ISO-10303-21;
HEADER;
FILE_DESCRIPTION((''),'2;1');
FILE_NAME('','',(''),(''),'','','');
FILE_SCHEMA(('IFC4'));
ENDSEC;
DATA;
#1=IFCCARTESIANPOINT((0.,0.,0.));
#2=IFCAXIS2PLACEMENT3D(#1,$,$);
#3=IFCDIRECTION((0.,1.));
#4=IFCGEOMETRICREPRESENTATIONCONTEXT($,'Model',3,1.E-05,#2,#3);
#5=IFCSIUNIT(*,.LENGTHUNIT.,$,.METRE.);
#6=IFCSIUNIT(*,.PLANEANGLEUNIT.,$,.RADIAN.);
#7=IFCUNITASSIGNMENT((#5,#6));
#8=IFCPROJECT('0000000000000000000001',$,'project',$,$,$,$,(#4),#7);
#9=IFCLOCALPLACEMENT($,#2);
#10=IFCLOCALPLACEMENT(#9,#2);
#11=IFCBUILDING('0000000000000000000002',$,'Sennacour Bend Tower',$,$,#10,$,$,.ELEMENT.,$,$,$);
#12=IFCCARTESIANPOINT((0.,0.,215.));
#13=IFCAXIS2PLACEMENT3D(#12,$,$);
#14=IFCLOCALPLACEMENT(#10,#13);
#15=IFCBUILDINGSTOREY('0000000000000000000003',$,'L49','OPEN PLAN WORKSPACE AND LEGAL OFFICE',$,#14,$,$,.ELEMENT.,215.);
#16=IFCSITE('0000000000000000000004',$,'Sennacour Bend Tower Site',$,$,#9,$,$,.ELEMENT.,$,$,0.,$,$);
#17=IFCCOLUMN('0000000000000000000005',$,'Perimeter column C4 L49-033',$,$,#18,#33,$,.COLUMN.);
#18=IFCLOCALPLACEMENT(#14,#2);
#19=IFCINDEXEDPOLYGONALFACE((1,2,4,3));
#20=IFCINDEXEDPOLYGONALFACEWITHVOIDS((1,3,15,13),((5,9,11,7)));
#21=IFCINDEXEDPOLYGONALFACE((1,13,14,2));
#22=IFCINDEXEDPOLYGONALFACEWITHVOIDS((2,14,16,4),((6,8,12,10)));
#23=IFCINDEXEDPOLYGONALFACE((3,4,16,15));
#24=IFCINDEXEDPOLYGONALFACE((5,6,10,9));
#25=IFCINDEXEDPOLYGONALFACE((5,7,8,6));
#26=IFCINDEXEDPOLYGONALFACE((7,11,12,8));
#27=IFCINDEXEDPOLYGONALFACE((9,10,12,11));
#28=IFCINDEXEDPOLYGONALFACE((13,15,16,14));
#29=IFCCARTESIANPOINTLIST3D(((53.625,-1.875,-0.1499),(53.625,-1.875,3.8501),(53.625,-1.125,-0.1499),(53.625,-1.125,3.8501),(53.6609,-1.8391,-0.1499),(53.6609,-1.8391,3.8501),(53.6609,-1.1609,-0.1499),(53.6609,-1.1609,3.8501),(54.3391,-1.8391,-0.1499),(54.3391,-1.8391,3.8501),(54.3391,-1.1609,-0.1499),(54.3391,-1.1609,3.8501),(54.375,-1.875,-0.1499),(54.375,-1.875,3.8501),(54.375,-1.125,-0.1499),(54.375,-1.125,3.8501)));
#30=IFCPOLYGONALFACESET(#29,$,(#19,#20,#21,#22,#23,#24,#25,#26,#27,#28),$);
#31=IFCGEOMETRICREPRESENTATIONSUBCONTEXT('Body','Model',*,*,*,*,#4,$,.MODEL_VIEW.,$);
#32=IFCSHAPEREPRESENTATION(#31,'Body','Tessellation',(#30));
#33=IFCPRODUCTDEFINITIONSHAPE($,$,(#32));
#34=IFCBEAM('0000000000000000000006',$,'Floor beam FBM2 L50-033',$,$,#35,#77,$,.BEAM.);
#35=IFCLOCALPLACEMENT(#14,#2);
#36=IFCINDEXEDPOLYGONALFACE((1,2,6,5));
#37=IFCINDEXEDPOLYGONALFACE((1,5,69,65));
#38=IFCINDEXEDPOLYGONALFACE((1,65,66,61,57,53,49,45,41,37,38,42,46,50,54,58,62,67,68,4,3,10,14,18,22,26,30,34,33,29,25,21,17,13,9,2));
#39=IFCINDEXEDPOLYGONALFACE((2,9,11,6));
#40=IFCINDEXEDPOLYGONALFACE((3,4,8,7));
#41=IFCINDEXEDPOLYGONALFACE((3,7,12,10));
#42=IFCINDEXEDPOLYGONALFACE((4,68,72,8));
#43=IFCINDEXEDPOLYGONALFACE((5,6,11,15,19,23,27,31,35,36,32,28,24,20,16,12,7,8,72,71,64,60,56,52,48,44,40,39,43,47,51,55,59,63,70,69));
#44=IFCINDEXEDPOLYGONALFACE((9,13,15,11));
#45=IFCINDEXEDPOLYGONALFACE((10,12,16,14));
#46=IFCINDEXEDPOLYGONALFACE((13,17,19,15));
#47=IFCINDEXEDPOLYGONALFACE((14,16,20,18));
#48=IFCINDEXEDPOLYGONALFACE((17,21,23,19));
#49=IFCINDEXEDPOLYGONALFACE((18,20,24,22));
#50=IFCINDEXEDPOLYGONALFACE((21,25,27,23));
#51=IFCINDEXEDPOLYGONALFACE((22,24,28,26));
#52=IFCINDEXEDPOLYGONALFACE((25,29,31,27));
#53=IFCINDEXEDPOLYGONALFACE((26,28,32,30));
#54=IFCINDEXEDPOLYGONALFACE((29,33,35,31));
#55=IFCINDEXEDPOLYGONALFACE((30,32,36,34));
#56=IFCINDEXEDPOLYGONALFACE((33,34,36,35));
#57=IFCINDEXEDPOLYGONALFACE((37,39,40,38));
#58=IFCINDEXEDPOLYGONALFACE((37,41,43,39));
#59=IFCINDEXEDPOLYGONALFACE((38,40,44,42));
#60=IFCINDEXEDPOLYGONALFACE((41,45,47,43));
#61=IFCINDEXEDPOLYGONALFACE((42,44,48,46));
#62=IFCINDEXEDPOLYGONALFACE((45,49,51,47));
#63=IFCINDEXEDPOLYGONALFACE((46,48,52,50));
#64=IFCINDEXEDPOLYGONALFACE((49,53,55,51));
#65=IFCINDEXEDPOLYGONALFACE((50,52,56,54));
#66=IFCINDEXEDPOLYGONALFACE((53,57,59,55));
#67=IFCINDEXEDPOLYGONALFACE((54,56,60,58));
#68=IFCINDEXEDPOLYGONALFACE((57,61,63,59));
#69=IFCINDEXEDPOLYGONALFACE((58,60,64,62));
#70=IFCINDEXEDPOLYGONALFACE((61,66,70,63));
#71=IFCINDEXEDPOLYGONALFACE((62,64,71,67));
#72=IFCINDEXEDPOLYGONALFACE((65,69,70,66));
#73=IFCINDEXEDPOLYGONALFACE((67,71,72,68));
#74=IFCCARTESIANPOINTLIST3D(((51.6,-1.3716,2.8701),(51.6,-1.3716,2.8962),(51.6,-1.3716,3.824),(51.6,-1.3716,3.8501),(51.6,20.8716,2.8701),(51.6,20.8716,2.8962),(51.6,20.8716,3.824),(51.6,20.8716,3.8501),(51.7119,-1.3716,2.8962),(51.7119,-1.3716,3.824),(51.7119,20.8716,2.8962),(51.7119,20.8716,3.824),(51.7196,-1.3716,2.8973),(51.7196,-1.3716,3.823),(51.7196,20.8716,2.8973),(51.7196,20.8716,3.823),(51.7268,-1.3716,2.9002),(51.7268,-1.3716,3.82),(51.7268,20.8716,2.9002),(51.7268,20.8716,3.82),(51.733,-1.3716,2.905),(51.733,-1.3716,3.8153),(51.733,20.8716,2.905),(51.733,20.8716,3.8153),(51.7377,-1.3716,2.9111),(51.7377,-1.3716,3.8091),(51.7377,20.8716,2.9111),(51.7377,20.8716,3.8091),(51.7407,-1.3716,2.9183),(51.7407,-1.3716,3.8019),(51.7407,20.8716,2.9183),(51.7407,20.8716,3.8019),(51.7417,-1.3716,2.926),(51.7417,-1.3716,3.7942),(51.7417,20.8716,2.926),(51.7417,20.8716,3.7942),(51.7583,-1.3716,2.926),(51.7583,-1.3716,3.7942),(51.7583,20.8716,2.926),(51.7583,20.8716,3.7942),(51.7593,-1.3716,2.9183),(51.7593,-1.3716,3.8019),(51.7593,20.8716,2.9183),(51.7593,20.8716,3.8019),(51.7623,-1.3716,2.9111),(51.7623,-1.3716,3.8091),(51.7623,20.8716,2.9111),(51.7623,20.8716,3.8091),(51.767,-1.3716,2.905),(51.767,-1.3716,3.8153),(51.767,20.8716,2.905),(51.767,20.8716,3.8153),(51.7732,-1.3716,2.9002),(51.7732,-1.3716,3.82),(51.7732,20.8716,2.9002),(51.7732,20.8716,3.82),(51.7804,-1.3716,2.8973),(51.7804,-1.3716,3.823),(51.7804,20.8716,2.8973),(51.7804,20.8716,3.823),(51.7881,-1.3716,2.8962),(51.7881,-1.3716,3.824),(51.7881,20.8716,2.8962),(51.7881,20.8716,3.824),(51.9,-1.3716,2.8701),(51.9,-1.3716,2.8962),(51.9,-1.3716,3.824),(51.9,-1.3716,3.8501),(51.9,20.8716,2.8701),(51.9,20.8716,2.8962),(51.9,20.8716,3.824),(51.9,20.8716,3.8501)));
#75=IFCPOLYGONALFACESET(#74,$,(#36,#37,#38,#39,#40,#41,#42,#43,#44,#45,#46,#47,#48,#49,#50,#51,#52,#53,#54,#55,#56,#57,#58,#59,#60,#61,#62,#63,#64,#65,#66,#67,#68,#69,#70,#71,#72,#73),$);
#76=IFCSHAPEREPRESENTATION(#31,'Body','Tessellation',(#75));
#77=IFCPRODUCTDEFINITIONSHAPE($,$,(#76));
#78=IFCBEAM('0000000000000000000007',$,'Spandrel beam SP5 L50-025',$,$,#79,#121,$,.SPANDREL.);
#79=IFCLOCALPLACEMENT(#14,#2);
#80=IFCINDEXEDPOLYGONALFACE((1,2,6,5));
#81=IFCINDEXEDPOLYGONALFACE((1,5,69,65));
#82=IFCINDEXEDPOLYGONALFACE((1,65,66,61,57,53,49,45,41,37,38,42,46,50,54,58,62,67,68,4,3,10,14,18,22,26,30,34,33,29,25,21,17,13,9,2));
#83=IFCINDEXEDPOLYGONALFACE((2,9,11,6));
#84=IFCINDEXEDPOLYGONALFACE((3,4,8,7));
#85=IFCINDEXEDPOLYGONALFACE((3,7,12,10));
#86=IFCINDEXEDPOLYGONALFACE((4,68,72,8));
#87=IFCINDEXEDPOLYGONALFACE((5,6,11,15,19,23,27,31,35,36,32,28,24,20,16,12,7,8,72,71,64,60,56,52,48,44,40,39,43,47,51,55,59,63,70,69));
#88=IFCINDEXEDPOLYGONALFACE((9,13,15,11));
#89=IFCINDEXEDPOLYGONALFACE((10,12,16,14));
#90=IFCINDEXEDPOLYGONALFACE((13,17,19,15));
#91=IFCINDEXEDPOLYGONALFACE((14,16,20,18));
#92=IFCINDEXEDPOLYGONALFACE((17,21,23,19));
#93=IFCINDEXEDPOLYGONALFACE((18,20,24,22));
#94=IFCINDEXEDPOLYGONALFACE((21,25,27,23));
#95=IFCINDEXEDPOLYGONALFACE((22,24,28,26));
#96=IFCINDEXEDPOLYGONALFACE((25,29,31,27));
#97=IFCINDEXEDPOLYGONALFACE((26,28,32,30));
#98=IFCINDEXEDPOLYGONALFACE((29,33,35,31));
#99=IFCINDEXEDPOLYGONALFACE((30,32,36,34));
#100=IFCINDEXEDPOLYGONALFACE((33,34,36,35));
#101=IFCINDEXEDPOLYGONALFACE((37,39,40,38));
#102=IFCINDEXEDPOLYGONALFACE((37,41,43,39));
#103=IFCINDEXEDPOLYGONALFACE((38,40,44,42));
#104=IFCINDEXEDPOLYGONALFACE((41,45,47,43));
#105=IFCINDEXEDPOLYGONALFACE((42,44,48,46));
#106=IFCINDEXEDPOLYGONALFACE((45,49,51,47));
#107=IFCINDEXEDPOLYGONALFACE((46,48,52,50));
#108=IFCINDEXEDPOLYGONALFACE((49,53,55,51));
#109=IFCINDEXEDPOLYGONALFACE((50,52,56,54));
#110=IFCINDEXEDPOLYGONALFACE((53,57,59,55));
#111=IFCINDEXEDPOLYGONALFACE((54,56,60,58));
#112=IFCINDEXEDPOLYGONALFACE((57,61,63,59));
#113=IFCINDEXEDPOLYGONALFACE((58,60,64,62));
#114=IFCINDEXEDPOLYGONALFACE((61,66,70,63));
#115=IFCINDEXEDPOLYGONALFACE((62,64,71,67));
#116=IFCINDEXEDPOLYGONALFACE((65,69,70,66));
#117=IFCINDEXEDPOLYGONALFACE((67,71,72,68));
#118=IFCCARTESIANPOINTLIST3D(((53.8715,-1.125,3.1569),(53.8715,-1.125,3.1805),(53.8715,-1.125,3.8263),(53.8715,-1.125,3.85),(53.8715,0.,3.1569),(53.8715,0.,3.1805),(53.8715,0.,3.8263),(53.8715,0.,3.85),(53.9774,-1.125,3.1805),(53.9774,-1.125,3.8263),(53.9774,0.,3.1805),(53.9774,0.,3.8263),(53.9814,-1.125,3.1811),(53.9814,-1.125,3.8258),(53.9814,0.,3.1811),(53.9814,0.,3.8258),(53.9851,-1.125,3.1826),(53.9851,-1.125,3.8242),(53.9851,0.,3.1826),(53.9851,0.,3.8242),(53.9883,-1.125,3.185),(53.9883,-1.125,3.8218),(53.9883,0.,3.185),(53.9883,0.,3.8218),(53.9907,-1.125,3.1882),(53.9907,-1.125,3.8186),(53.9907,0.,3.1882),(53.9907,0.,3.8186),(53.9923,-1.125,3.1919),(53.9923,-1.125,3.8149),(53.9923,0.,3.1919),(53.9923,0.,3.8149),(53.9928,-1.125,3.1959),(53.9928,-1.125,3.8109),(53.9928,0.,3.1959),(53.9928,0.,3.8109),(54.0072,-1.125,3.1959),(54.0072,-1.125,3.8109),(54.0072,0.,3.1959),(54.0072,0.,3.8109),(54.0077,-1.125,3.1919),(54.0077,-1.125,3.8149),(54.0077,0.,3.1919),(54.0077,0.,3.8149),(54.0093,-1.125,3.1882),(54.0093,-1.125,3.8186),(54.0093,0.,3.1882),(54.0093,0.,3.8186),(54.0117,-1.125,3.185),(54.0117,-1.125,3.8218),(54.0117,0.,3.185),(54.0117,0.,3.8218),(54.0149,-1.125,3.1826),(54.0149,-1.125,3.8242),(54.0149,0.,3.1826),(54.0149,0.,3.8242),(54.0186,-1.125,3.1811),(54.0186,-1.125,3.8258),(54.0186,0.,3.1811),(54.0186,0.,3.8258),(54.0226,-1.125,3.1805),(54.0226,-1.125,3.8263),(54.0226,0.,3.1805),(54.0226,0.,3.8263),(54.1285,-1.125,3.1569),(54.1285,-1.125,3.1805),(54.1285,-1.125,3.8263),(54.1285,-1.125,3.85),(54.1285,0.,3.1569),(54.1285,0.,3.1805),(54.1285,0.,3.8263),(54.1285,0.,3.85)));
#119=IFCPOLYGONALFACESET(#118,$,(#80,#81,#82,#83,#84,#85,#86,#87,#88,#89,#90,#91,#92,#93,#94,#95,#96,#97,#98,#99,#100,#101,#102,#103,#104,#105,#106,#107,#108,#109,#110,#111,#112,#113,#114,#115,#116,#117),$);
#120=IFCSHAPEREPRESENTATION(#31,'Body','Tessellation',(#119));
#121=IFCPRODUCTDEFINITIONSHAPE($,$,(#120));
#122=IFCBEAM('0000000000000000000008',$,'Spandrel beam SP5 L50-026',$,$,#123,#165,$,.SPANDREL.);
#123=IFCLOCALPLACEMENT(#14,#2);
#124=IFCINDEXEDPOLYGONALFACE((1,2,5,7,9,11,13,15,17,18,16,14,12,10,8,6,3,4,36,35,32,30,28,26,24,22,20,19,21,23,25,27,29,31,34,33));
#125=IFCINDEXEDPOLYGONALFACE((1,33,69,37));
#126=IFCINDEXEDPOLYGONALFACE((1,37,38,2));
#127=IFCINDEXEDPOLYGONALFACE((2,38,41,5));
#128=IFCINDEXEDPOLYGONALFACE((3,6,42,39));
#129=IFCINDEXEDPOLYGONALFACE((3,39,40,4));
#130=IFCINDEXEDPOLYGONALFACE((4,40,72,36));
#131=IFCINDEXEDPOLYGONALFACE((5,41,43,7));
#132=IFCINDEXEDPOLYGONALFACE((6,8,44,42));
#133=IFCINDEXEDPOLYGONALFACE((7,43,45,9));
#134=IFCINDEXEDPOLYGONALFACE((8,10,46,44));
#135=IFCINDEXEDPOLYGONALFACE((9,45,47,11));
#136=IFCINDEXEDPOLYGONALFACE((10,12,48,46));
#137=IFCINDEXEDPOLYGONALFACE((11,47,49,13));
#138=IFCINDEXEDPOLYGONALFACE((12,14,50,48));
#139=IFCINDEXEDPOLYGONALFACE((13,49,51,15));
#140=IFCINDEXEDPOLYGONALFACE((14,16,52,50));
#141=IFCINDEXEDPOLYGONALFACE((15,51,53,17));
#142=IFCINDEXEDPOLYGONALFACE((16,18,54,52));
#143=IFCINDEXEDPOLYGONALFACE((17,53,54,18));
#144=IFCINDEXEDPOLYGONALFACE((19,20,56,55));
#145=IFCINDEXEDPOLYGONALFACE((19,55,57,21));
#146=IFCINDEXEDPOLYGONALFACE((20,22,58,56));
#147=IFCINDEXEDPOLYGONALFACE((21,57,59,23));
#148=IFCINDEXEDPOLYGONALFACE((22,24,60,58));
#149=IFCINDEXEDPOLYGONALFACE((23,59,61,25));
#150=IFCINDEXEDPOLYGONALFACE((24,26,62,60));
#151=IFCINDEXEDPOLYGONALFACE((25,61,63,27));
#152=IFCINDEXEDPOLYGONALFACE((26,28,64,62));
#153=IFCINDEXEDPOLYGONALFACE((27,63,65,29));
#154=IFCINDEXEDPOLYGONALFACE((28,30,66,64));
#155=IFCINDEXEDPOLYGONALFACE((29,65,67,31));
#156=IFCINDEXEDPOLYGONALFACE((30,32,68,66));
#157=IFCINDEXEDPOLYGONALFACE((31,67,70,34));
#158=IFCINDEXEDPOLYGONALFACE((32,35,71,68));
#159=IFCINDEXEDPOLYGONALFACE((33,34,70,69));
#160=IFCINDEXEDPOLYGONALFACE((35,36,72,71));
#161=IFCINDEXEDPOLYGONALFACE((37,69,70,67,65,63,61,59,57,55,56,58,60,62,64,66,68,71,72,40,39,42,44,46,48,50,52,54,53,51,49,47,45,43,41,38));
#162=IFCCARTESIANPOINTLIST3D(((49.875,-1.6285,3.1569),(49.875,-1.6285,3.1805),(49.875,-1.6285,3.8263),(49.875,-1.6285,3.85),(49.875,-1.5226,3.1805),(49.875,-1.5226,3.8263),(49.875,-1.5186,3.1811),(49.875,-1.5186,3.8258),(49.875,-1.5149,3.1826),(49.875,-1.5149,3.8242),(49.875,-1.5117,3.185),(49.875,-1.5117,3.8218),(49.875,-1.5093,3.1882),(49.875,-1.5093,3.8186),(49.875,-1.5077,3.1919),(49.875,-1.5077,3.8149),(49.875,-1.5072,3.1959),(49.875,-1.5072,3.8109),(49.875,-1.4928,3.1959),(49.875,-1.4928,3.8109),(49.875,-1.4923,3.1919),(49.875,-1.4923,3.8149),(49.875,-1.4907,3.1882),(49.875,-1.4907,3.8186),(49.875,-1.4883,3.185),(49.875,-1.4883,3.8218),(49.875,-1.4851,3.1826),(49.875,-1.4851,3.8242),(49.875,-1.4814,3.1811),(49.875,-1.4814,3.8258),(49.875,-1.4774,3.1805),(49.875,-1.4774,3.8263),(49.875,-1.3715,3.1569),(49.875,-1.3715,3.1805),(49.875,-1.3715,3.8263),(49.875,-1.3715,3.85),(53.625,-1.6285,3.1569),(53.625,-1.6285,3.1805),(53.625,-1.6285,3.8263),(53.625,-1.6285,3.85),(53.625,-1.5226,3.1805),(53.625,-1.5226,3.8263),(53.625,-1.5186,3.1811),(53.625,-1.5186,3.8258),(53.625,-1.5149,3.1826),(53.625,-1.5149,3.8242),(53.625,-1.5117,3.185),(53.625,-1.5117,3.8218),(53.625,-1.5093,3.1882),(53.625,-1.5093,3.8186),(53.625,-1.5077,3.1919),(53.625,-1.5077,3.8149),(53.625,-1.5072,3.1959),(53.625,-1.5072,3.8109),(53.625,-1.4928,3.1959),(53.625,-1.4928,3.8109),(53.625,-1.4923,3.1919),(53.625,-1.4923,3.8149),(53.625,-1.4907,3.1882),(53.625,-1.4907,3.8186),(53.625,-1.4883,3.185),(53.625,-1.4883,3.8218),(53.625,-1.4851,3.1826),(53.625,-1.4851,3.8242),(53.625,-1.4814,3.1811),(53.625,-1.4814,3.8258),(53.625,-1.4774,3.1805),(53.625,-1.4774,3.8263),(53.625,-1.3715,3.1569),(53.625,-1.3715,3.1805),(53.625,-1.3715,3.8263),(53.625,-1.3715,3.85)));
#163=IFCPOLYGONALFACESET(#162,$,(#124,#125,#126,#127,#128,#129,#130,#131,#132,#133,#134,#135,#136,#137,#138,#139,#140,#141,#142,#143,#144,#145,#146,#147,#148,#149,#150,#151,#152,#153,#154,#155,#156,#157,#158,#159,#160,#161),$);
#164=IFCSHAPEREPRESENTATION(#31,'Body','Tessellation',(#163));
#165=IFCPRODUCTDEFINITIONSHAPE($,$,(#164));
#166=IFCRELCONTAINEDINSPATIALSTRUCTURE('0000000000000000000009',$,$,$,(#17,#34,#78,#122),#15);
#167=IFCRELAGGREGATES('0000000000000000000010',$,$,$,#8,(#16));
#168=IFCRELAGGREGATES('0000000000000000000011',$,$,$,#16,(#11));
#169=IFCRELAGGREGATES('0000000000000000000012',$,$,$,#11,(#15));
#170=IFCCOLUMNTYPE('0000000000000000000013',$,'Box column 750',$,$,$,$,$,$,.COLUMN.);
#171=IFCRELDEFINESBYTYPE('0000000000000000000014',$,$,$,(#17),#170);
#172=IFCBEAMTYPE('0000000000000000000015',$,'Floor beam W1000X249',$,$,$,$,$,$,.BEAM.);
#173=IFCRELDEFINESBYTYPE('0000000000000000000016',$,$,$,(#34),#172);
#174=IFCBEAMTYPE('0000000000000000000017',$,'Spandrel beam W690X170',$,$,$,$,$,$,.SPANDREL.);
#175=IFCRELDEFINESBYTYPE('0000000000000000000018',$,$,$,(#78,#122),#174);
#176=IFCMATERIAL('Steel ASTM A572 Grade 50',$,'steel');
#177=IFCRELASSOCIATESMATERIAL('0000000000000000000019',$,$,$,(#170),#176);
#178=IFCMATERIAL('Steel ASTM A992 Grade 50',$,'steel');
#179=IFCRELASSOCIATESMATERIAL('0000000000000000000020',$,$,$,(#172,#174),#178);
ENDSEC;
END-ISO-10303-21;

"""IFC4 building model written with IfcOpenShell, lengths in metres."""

from ifc_helpers import new_model, si_unit, direction, frame, origin, origin_2d, place, context, subcontext, project, spatial, hollow_rectangle, i_section, extrude, material, material_profile, profile_set, type_object, element, save


model = new_model("IFC4")

# Units and contexts
model_context = context("Model", 3, precision=1e-05, world=origin(), true_north=direction((0.0, 1.0)))
body_context = subcontext(model_context, "Body", "Model", "MODEL_VIEW")
ifc_project = project(units=[si_unit("LENGTHUNIT", "METRE"), si_unit("PLANEANGLEUNIT", "RADIAN")], contexts=[model_context])

# Site, building, storey
site_placement = place(None, origin())
site = spatial("IfcSite", under=ifc_project, at=site_placement, Name="Sennacour Bend Tower Site", CompositionType="ELEMENT", RefElevation=0.0)
building_placement = place(site_placement, origin())
building = spatial("IfcBuilding", under=site, at=building_placement, Name="Sennacour Bend Tower", CompositionType="ELEMENT")
storey_placement = place(building_placement, frame((0.0, 0.0, 215.0)))
storey = spatial("IfcBuildingStorey", under=building, at=storey_placement, Name="L49", Description="OPEN PLAN WORKSPACE AND LEGAL OFFICE", CompositionType="ELEMENT", Elevation=215.0)

# Column
ifc_material_1 = material(Name="Steel ASTM A572 Grade 50", Category="steel")
ifc_material_profile_1 = material_profile(ifc_material_1, hollow_rectangle(XDim=0.75, YDim=0.75, WallThickness=0.0359, at=origin_2d()), Name="Steel ASTM A572 Grade 50", Category="steel")
ifc_profile_set_1 = profile_set([ifc_material_profile_1], Name="Steel ASTM A572 Grade 50")
column_type = type_object("IfcColumnType", Name="Box column 750", PredefinedType="COLUMN", material=ifc_profile_set_1)
column_placement = place(storey_placement, frame((54.0, -1.5, -0.1499), z_axis=(0.0, 0.0, 1.0), x_axis=(1.0, 0.0, 0.0)))
element("IfcColumn", 1, at=column_placement, inside=storey, type_object=column_type, Name="Perimeter column C4 L49-033", PredefinedType="COLUMN", context=body_context, shape_type="SweptSolid", body=[
    extrude(hollow_rectangle(XDim=0.75, YDim=0.75, WallThickness=0.0359, at=origin_2d()), origin(), (0.0, 0.0, 1.0), 4.0),
])

# Beams
ifc_material_2 = material(Name="Steel ASTM A992 Grade 50", Category="steel")
ifc_material_profile_2 = material_profile(ifc_material_2, i_section(OverallWidth=0.3, OverallDepth=0.98, WebThickness=0.0166, FlangeThickness=0.0261, FilletRadius=0.0298, at=origin_2d()), Name="Steel ASTM A992 Grade 50", Category="steel")
ifc_profile_set_2 = profile_set([ifc_material_profile_2], Name="Steel ASTM A992 Grade 50")
beam_type_1 = type_object("IfcBeamType", Name="Floor beam W1000X249", PredefinedType="BEAM", material=ifc_profile_set_2)
beam_1_placement = place(storey_placement, frame((51.75, -1.3716, 3.3601), z_axis=(0.0, 1.0, 0.0), x_axis=(-1.0, 0.0, 0.0)))
element("IfcBeam", 2, at=beam_1_placement, inside=storey, type_object=beam_type_1, Name="Floor beam FBM2 L50-033", PredefinedType="BEAM", context=body_context, shape_type="SweptSolid", body=[
    extrude(i_section(OverallWidth=0.3, OverallDepth=0.98, WebThickness=0.0166, FlangeThickness=0.0261, FilletRadius=0.0298, at=origin_2d()), origin(), (0.0, 0.0, 1.0), 22.2432),
])
ifc_material_profile_3 = material_profile(ifc_material_2, i_section(OverallWidth=0.2571, OverallDepth=0.6931, WebThickness=0.0144, FlangeThickness=0.0237, FilletRadius=0.0154, at=origin_2d()), Name="Steel ASTM A992 Grade 50", Category="steel")
ifc_profile_set_3 = profile_set([ifc_material_profile_3], Name="Steel ASTM A992 Grade 50")
beam_type_2 = type_object("IfcBeamType", Name="Spandrel beam W690X170", PredefinedType="SPANDREL", material=ifc_profile_set_3)
beam_2_placement = place(storey_placement, frame((54.0, 0.0, 3.5034), z_axis=(0.0, -1.0, 0.0), x_axis=(1.0, 0.0, 0.0)))
element("IfcBeam", 3, at=beam_2_placement, inside=storey, type_object=beam_type_2, Name="Spandrel beam SP5 L50-025", PredefinedType="SPANDREL", context=body_context, shape_type="SweptSolid", body=[
    extrude(i_section(OverallWidth=0.2571, OverallDepth=0.6931, WebThickness=0.0144, FlangeThickness=0.0237, FilletRadius=0.0154, at=origin_2d()), origin(), (0.0, 0.0, 1.0), 1.125),
])
beam_3_placement = place(storey_placement, frame((53.625, -1.5, 3.5034), z_axis=(-1.0, 0.0, 0.0), x_axis=(0.0, -1.0, 0.0)))
element("IfcBeam", 4, at=beam_3_placement, inside=storey, type_object=beam_type_2, Name="Spandrel beam SP5 L50-026", PredefinedType="SPANDREL", context=body_context, shape_type="SweptSolid", body=[
    extrude(i_section(OverallWidth=0.2571, OverallDepth=0.6931, WebThickness=0.0144, FlangeThickness=0.0237, FilletRadius=0.0154, at=origin_2d()), origin(), (0.0, 0.0, 1.0), 3.75),
])

save(model, "model.ifc")
